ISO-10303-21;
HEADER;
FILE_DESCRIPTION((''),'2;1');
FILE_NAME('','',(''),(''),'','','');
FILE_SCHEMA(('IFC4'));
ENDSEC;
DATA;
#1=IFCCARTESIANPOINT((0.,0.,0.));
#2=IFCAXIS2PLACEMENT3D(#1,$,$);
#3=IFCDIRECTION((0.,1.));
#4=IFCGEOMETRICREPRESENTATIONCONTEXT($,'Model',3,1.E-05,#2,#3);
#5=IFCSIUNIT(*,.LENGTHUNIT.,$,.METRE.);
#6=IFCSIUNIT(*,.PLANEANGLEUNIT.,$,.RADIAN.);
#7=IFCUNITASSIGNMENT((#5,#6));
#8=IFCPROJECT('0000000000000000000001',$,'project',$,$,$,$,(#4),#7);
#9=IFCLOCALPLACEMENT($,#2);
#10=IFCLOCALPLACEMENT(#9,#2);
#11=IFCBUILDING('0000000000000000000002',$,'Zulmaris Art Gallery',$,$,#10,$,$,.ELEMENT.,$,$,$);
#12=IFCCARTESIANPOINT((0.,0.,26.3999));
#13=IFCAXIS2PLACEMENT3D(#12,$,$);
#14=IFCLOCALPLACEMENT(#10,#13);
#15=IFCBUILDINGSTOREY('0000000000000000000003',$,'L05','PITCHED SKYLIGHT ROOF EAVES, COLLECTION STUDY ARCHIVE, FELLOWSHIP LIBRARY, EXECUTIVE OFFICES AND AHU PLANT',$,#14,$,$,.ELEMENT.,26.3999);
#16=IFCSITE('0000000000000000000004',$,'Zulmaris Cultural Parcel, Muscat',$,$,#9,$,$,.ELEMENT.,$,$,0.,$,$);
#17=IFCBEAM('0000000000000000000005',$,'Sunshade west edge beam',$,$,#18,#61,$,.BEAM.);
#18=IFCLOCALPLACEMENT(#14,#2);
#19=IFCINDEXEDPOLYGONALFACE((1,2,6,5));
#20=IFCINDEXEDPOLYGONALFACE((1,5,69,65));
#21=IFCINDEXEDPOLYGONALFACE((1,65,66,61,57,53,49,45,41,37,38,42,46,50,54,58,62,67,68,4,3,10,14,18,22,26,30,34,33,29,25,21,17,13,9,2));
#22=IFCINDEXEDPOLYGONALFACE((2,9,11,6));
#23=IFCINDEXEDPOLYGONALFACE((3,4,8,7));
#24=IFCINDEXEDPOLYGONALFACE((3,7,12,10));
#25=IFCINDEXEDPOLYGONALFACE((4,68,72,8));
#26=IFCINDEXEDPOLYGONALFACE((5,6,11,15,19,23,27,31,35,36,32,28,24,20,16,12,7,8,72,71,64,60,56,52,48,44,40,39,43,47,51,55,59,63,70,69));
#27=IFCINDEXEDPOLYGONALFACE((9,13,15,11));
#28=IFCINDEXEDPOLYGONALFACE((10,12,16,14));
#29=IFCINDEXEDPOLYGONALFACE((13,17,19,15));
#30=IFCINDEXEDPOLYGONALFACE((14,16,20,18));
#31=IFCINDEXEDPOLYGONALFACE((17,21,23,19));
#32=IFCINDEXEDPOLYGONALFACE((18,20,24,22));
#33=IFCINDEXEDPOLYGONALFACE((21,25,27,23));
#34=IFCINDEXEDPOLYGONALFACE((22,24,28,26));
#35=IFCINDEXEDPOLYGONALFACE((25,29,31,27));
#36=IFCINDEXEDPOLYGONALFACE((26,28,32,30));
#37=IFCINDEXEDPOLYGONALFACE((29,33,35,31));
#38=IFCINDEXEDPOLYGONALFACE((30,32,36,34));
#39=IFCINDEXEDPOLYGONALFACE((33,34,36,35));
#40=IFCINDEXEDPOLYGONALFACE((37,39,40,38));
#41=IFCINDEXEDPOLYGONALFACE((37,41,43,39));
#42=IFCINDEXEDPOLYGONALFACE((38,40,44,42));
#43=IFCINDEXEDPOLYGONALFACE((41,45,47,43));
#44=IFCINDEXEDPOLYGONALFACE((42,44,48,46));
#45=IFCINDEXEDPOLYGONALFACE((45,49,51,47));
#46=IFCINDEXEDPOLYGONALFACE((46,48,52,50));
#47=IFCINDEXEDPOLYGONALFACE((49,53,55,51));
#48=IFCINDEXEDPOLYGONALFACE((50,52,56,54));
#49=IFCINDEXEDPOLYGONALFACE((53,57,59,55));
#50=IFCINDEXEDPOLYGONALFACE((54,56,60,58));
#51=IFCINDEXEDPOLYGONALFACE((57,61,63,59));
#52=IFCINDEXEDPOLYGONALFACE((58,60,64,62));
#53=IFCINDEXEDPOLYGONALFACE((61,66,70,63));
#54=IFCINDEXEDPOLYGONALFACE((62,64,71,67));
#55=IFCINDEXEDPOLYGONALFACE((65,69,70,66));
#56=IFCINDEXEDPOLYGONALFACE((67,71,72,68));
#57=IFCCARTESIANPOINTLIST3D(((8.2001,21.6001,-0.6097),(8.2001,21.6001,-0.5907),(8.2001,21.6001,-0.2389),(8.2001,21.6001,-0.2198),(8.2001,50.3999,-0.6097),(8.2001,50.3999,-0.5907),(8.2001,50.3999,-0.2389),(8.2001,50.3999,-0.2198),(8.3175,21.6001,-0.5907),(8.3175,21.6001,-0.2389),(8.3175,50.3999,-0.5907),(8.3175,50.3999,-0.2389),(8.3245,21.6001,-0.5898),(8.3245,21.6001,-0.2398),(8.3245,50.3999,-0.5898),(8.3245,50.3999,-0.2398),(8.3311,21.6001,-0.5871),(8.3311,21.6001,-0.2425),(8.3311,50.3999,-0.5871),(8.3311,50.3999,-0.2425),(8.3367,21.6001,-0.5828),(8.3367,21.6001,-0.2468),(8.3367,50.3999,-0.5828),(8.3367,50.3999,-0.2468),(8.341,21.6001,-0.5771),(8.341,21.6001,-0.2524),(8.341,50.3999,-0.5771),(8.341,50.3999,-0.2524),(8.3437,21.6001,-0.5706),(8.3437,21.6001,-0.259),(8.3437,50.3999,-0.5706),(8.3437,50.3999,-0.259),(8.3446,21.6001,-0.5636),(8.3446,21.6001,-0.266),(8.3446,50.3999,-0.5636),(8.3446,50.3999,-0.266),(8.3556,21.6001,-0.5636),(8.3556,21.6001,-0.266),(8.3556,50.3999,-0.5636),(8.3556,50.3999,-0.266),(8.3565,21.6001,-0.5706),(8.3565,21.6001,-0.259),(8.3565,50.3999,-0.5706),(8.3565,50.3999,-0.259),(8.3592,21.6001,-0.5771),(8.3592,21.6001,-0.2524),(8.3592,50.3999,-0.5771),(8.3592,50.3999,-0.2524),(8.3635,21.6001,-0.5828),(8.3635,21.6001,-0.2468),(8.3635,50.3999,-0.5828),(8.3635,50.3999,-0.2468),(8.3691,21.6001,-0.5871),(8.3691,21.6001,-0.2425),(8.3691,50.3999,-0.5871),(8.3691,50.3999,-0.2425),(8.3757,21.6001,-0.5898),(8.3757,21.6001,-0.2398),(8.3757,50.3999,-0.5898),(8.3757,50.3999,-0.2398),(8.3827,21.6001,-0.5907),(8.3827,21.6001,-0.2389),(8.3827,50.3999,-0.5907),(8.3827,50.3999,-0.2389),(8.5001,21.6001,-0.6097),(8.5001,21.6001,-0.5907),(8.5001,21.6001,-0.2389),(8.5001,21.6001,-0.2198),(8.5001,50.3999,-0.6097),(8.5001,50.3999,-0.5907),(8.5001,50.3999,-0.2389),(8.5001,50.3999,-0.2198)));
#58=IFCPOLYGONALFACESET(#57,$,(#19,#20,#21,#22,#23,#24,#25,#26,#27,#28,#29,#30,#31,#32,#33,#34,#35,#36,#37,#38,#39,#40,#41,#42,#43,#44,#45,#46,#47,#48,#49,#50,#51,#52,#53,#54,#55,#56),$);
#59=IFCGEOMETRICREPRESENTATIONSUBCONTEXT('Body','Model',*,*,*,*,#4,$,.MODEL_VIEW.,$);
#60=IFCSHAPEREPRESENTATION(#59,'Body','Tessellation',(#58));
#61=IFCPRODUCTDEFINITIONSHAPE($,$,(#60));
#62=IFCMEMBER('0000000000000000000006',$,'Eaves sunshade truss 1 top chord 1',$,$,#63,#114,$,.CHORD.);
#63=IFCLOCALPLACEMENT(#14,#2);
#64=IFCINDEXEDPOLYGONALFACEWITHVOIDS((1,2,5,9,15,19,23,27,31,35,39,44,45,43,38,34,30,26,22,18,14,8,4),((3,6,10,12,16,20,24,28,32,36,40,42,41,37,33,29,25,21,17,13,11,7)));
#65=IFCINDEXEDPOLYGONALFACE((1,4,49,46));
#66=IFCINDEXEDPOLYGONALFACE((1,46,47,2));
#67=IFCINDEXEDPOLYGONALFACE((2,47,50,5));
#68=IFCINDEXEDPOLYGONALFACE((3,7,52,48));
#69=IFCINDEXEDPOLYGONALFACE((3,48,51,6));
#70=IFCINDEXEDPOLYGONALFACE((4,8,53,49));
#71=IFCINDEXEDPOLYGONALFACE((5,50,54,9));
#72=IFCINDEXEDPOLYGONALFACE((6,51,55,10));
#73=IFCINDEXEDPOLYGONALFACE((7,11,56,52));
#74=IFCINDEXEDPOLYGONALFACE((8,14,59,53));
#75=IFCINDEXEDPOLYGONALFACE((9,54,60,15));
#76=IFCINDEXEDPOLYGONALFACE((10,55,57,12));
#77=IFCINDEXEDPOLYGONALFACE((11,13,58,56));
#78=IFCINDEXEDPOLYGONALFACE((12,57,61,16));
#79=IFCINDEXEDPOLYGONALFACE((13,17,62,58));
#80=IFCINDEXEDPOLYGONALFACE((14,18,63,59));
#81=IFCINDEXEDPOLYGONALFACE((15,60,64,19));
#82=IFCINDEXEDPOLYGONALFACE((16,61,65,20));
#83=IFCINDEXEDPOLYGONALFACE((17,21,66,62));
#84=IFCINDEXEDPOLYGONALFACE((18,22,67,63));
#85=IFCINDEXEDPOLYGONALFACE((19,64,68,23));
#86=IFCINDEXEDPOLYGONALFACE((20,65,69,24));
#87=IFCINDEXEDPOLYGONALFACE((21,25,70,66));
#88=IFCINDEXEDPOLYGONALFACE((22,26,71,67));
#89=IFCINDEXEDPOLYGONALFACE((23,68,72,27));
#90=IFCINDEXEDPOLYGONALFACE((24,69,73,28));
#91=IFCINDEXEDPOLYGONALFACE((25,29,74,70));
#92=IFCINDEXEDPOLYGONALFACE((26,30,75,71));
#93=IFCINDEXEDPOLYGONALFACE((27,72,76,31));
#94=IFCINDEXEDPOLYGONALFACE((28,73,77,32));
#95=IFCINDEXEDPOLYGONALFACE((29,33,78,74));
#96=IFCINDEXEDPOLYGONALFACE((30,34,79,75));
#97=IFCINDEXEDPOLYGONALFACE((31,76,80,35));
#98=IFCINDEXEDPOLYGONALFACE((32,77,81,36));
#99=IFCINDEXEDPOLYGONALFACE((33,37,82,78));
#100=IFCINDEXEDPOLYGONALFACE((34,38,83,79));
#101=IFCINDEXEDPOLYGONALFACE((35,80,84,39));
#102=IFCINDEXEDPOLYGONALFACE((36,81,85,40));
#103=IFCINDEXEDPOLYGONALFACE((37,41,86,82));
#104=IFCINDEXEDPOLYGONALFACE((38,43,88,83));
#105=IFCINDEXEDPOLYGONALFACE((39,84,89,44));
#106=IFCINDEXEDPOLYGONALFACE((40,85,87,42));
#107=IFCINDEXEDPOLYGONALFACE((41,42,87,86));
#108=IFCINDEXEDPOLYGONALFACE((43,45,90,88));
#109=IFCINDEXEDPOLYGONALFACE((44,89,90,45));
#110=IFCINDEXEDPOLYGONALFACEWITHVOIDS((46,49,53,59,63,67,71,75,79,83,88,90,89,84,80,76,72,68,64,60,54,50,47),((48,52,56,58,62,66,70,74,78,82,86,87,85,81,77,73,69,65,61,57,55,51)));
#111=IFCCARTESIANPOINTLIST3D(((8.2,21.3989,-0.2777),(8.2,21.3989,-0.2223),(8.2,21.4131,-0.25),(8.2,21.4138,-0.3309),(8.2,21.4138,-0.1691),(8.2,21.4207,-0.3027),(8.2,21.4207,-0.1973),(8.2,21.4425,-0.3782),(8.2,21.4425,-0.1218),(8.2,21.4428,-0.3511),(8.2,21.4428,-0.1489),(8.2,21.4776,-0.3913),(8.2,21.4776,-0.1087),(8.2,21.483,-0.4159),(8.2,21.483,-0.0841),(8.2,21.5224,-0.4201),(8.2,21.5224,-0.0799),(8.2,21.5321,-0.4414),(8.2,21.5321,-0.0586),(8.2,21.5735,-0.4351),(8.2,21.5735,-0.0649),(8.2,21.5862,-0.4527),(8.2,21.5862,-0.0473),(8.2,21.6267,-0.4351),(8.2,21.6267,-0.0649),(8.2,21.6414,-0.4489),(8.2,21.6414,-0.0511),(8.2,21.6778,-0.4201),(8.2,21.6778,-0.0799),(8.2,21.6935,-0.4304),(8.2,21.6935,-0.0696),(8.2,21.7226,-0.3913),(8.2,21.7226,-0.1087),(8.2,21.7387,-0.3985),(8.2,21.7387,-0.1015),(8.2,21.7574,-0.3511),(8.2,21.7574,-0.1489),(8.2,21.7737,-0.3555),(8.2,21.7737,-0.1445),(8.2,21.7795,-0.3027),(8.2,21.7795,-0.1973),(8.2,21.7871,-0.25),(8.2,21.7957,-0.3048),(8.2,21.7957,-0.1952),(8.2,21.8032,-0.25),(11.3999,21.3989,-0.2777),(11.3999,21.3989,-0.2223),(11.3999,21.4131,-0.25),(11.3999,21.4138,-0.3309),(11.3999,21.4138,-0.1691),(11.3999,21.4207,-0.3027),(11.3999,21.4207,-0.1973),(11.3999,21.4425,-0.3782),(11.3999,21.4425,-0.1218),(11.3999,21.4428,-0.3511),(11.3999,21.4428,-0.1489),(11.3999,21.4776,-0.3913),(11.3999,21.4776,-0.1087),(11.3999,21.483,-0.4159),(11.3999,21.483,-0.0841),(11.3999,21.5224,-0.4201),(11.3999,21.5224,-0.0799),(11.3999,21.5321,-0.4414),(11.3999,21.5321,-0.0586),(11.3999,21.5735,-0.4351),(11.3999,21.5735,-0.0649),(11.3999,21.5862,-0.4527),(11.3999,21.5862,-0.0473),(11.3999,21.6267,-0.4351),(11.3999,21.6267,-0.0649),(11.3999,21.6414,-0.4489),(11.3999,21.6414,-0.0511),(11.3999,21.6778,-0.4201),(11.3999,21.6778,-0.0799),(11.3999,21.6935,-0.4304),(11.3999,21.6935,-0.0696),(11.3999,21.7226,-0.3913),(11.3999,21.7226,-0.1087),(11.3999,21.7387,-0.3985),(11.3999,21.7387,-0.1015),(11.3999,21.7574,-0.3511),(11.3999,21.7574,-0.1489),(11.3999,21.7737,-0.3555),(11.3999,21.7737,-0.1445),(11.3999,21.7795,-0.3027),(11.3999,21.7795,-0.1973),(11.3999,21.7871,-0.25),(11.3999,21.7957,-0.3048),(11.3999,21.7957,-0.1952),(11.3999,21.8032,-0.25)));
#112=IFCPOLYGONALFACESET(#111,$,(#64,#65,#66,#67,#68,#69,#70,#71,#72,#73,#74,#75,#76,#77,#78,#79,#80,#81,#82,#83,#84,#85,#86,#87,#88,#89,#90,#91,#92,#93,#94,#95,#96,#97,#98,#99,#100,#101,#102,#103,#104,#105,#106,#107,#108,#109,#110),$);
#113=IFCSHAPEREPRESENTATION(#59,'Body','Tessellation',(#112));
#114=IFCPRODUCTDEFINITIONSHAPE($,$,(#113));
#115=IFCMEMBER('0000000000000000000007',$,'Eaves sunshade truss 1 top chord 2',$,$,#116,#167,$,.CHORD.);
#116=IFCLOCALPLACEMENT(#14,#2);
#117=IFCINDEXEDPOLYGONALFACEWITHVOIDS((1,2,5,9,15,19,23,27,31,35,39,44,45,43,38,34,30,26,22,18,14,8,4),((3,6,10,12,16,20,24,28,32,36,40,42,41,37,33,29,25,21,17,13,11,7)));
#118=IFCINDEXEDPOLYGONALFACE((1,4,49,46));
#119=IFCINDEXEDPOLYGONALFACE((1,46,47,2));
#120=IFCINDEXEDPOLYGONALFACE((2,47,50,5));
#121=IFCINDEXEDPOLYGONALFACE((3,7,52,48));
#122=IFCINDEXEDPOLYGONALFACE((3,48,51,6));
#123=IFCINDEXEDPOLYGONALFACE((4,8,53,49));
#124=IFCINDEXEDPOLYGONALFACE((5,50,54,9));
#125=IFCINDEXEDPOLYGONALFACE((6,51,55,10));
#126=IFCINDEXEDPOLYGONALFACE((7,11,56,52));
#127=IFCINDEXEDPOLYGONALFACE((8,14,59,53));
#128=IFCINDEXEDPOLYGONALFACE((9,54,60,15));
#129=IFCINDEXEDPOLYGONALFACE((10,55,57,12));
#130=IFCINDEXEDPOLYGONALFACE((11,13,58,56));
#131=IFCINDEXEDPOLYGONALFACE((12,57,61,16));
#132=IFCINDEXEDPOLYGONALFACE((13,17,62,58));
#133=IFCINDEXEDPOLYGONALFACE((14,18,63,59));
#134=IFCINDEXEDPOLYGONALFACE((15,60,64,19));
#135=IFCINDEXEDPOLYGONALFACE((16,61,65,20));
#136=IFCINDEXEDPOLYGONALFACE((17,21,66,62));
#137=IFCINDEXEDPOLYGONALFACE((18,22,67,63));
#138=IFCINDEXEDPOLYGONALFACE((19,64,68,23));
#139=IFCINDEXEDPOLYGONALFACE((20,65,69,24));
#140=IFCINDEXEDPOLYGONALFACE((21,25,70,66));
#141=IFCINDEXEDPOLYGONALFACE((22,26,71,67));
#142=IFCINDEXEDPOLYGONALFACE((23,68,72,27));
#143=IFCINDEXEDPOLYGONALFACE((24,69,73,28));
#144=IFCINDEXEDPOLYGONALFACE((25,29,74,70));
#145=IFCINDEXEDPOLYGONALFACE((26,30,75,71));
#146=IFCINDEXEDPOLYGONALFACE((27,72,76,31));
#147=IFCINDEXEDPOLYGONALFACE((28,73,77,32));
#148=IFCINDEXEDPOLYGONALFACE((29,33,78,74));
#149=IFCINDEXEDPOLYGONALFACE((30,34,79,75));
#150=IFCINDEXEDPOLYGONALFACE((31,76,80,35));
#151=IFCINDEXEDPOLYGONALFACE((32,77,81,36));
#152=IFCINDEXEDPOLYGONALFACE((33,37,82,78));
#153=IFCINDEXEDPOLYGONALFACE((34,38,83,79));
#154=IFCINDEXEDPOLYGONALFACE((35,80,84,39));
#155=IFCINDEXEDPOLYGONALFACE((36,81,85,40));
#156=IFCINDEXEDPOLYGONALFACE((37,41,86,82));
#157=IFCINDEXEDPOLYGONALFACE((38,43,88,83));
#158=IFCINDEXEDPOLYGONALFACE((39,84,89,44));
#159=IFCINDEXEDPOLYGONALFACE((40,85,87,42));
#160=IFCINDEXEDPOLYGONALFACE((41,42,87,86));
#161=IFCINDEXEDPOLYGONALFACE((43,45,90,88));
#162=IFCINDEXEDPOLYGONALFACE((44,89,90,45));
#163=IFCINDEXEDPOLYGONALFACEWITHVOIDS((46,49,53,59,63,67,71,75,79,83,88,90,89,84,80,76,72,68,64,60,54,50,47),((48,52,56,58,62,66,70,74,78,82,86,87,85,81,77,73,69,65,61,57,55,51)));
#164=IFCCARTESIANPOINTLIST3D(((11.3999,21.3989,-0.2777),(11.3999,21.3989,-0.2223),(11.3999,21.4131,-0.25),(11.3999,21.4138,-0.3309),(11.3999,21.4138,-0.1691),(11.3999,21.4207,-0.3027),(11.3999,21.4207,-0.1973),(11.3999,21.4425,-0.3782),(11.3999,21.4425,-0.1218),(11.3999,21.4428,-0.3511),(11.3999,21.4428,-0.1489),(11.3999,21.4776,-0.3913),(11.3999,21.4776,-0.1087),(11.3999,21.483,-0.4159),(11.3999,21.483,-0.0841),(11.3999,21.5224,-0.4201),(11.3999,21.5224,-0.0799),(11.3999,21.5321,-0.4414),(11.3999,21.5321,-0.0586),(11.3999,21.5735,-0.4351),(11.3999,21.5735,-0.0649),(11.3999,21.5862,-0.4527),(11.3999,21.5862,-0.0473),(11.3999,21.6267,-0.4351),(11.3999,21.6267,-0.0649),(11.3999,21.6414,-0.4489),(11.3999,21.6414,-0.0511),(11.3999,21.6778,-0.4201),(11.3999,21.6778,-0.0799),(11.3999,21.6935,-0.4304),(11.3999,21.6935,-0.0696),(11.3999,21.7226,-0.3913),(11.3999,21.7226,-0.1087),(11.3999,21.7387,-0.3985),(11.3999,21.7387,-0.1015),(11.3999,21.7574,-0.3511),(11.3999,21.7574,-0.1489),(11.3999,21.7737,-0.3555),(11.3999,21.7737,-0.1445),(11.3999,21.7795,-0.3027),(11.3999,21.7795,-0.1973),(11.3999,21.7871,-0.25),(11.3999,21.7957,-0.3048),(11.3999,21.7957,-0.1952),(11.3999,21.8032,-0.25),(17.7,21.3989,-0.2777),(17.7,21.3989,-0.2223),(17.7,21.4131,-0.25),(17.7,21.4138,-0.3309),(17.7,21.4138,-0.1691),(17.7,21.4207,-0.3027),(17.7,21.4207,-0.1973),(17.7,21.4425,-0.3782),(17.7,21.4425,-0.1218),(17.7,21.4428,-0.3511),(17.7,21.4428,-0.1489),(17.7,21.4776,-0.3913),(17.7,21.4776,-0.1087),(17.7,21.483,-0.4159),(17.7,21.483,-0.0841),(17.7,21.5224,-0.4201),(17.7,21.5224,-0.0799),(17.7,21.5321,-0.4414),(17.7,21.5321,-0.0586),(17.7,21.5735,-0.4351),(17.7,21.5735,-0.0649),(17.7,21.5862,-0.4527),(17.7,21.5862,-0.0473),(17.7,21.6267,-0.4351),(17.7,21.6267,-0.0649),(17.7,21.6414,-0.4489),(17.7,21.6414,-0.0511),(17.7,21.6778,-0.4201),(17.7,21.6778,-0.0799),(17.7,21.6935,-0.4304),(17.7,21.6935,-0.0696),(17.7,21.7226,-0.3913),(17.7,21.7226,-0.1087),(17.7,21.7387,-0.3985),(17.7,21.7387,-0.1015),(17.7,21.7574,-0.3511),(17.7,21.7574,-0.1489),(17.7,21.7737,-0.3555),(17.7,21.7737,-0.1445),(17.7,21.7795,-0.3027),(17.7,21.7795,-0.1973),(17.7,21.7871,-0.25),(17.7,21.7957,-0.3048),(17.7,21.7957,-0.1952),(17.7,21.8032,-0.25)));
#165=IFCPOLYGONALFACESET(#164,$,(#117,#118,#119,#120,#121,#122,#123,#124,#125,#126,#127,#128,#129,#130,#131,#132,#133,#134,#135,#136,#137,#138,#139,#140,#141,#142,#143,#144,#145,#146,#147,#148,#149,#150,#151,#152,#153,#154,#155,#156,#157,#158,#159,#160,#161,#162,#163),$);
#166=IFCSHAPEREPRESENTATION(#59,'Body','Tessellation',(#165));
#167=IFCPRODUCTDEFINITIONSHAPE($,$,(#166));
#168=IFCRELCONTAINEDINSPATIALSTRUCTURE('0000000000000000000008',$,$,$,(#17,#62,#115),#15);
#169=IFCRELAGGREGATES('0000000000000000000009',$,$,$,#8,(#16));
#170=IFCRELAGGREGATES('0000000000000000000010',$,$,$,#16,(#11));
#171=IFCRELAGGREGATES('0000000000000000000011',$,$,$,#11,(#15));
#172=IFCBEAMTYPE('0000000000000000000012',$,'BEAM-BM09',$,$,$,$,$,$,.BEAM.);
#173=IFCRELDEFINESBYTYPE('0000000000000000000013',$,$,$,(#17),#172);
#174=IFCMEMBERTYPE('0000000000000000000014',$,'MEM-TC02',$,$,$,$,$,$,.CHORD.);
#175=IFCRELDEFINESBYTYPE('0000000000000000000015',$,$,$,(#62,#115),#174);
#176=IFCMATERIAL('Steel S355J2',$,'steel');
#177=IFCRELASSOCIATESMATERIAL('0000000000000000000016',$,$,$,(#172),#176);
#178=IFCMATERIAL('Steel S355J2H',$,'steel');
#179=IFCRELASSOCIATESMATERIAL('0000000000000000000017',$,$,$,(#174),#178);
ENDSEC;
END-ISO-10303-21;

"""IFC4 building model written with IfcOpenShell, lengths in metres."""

from ifc_helpers import new_model, si_unit, direction, frame, origin, origin_2d, place, context, subcontext, project, spatial, hollow_circle, i_section, extrude, material, material_profile, profile_set, type_object, element, save


model = new_model("IFC4")

# Units and contexts
model_context = context("Model", 3, precision=1e-05, world=origin(), true_north=direction((0.0, 1.0)))
body_context = subcontext(model_context, "Body", "Model", "MODEL_VIEW")
ifc_project = project(units=[si_unit("LENGTHUNIT", "METRE"), si_unit("PLANEANGLEUNIT", "RADIAN")], contexts=[model_context])

# Site, building, storey
site_placement = place(None, origin())
site = spatial("IfcSite", under=ifc_project, at=site_placement, Name="Zulmaris Cultural Parcel, Muscat", CompositionType="ELEMENT", RefElevation=0.0)
building_placement = place(site_placement, origin())
building = spatial("IfcBuilding", under=site, at=building_placement, Name="Zulmaris Art Gallery", CompositionType="ELEMENT")
storey_placement = place(building_placement, frame((0.0, 0.0, 26.3999)))
storey = spatial("IfcBuildingStorey", under=building, at=storey_placement, Name="L05", Description="PITCHED SKYLIGHT ROOF EAVES, COLLECTION STUDY ARCHIVE, FELLOWSHIP LIBRARY, EXECUTIVE OFFICES AND AHU PLANT", CompositionType="ELEMENT", Elevation=26.3999)

# Beam
ifc_material_1 = material(Name="Steel S355J2", Category="steel")
ifc_material_profile_1 = material_profile(ifc_material_1, i_section(OverallWidth=0.3, OverallDepth=0.3899, WebThickness=0.011, FlangeThickness=0.019, FilletRadius=0.0271, at=origin_2d()), Name="HEA 400")
ifc_profile_set_1 = profile_set([ifc_material_profile_1], Name="Steel S355J2")
beam_type = type_object("IfcBeamType", Name="BEAM-BM09", PredefinedType="BEAM", material=ifc_profile_set_1)
beam_placement = place(storey_placement, frame((8.3501, 21.6001, -0.4148), z_axis=(0.0, 1.0, 0.0), x_axis=(-1.0, 0.0, 0.0)))
element("IfcBeam", 1, at=beam_placement, inside=storey, type_object=beam_type, Name="Sunshade west edge beam", PredefinedType="BEAM", context=body_context, shape_type="SweptSolid", body=[
    extrude(i_section(OverallWidth=0.3, OverallDepth=0.3899, WebThickness=0.011, FlangeThickness=0.019, FilletRadius=0.0271, at=origin_2d()), origin(), (0.0, 0.0, 1.0), 28.7998),
])

# Members
ifc_material_2 = material(Name="Steel S355J2H", Category="steel")
ifc_material_profile_2 = material_profile(ifc_material_2, hollow_circle(Radius=0.2031, WallThickness=0.0161, at=origin_2d()), Name="CHS 406.4x16")
ifc_profile_set_2 = profile_set([ifc_material_profile_2], Name="Steel S355J2H")
member_type_1 = type_object("IfcMemberType", Name="MEM-TC02", PredefinedType="CHORD", material=ifc_profile_set_2)
member_1_placement = place(storey_placement, frame((8.2, 21.6001, -0.25), z_axis=(1.0, 0.0, 0.0), x_axis=(0.0, 1.0, 0.0)))
element("IfcMember", 2, at=member_1_placement, inside=storey, type_object=member_type_1, Name="Eaves sunshade truss 1 top chord 1", PredefinedType="CHORD", context=body_context, shape_type="SweptSolid", body=[
    extrude(hollow_circle(Radius=0.2031, WallThickness=0.0161, at=origin_2d()), origin(), (0.0, 0.0, 1.0), 3.2),
])
member_2_placement = place(storey_placement, frame((11.3999, 21.6001, -0.25), z_axis=(1.0, 0.0, 0.0), x_axis=(0.0, 1.0, 0.0)))
element("IfcMember", 3, at=member_2_placement, inside=storey, type_object=member_type_1, Name="Eaves sunshade truss 1 top chord 2", PredefinedType="CHORD", context=body_context, shape_type="SweptSolid", body=[
    extrude(hollow_circle(Radius=0.2031, WallThickness=0.0161, at=origin_2d()), origin(), (0.0, 0.0, 1.0), 6.3),
])

save(model, "model.ifc")
